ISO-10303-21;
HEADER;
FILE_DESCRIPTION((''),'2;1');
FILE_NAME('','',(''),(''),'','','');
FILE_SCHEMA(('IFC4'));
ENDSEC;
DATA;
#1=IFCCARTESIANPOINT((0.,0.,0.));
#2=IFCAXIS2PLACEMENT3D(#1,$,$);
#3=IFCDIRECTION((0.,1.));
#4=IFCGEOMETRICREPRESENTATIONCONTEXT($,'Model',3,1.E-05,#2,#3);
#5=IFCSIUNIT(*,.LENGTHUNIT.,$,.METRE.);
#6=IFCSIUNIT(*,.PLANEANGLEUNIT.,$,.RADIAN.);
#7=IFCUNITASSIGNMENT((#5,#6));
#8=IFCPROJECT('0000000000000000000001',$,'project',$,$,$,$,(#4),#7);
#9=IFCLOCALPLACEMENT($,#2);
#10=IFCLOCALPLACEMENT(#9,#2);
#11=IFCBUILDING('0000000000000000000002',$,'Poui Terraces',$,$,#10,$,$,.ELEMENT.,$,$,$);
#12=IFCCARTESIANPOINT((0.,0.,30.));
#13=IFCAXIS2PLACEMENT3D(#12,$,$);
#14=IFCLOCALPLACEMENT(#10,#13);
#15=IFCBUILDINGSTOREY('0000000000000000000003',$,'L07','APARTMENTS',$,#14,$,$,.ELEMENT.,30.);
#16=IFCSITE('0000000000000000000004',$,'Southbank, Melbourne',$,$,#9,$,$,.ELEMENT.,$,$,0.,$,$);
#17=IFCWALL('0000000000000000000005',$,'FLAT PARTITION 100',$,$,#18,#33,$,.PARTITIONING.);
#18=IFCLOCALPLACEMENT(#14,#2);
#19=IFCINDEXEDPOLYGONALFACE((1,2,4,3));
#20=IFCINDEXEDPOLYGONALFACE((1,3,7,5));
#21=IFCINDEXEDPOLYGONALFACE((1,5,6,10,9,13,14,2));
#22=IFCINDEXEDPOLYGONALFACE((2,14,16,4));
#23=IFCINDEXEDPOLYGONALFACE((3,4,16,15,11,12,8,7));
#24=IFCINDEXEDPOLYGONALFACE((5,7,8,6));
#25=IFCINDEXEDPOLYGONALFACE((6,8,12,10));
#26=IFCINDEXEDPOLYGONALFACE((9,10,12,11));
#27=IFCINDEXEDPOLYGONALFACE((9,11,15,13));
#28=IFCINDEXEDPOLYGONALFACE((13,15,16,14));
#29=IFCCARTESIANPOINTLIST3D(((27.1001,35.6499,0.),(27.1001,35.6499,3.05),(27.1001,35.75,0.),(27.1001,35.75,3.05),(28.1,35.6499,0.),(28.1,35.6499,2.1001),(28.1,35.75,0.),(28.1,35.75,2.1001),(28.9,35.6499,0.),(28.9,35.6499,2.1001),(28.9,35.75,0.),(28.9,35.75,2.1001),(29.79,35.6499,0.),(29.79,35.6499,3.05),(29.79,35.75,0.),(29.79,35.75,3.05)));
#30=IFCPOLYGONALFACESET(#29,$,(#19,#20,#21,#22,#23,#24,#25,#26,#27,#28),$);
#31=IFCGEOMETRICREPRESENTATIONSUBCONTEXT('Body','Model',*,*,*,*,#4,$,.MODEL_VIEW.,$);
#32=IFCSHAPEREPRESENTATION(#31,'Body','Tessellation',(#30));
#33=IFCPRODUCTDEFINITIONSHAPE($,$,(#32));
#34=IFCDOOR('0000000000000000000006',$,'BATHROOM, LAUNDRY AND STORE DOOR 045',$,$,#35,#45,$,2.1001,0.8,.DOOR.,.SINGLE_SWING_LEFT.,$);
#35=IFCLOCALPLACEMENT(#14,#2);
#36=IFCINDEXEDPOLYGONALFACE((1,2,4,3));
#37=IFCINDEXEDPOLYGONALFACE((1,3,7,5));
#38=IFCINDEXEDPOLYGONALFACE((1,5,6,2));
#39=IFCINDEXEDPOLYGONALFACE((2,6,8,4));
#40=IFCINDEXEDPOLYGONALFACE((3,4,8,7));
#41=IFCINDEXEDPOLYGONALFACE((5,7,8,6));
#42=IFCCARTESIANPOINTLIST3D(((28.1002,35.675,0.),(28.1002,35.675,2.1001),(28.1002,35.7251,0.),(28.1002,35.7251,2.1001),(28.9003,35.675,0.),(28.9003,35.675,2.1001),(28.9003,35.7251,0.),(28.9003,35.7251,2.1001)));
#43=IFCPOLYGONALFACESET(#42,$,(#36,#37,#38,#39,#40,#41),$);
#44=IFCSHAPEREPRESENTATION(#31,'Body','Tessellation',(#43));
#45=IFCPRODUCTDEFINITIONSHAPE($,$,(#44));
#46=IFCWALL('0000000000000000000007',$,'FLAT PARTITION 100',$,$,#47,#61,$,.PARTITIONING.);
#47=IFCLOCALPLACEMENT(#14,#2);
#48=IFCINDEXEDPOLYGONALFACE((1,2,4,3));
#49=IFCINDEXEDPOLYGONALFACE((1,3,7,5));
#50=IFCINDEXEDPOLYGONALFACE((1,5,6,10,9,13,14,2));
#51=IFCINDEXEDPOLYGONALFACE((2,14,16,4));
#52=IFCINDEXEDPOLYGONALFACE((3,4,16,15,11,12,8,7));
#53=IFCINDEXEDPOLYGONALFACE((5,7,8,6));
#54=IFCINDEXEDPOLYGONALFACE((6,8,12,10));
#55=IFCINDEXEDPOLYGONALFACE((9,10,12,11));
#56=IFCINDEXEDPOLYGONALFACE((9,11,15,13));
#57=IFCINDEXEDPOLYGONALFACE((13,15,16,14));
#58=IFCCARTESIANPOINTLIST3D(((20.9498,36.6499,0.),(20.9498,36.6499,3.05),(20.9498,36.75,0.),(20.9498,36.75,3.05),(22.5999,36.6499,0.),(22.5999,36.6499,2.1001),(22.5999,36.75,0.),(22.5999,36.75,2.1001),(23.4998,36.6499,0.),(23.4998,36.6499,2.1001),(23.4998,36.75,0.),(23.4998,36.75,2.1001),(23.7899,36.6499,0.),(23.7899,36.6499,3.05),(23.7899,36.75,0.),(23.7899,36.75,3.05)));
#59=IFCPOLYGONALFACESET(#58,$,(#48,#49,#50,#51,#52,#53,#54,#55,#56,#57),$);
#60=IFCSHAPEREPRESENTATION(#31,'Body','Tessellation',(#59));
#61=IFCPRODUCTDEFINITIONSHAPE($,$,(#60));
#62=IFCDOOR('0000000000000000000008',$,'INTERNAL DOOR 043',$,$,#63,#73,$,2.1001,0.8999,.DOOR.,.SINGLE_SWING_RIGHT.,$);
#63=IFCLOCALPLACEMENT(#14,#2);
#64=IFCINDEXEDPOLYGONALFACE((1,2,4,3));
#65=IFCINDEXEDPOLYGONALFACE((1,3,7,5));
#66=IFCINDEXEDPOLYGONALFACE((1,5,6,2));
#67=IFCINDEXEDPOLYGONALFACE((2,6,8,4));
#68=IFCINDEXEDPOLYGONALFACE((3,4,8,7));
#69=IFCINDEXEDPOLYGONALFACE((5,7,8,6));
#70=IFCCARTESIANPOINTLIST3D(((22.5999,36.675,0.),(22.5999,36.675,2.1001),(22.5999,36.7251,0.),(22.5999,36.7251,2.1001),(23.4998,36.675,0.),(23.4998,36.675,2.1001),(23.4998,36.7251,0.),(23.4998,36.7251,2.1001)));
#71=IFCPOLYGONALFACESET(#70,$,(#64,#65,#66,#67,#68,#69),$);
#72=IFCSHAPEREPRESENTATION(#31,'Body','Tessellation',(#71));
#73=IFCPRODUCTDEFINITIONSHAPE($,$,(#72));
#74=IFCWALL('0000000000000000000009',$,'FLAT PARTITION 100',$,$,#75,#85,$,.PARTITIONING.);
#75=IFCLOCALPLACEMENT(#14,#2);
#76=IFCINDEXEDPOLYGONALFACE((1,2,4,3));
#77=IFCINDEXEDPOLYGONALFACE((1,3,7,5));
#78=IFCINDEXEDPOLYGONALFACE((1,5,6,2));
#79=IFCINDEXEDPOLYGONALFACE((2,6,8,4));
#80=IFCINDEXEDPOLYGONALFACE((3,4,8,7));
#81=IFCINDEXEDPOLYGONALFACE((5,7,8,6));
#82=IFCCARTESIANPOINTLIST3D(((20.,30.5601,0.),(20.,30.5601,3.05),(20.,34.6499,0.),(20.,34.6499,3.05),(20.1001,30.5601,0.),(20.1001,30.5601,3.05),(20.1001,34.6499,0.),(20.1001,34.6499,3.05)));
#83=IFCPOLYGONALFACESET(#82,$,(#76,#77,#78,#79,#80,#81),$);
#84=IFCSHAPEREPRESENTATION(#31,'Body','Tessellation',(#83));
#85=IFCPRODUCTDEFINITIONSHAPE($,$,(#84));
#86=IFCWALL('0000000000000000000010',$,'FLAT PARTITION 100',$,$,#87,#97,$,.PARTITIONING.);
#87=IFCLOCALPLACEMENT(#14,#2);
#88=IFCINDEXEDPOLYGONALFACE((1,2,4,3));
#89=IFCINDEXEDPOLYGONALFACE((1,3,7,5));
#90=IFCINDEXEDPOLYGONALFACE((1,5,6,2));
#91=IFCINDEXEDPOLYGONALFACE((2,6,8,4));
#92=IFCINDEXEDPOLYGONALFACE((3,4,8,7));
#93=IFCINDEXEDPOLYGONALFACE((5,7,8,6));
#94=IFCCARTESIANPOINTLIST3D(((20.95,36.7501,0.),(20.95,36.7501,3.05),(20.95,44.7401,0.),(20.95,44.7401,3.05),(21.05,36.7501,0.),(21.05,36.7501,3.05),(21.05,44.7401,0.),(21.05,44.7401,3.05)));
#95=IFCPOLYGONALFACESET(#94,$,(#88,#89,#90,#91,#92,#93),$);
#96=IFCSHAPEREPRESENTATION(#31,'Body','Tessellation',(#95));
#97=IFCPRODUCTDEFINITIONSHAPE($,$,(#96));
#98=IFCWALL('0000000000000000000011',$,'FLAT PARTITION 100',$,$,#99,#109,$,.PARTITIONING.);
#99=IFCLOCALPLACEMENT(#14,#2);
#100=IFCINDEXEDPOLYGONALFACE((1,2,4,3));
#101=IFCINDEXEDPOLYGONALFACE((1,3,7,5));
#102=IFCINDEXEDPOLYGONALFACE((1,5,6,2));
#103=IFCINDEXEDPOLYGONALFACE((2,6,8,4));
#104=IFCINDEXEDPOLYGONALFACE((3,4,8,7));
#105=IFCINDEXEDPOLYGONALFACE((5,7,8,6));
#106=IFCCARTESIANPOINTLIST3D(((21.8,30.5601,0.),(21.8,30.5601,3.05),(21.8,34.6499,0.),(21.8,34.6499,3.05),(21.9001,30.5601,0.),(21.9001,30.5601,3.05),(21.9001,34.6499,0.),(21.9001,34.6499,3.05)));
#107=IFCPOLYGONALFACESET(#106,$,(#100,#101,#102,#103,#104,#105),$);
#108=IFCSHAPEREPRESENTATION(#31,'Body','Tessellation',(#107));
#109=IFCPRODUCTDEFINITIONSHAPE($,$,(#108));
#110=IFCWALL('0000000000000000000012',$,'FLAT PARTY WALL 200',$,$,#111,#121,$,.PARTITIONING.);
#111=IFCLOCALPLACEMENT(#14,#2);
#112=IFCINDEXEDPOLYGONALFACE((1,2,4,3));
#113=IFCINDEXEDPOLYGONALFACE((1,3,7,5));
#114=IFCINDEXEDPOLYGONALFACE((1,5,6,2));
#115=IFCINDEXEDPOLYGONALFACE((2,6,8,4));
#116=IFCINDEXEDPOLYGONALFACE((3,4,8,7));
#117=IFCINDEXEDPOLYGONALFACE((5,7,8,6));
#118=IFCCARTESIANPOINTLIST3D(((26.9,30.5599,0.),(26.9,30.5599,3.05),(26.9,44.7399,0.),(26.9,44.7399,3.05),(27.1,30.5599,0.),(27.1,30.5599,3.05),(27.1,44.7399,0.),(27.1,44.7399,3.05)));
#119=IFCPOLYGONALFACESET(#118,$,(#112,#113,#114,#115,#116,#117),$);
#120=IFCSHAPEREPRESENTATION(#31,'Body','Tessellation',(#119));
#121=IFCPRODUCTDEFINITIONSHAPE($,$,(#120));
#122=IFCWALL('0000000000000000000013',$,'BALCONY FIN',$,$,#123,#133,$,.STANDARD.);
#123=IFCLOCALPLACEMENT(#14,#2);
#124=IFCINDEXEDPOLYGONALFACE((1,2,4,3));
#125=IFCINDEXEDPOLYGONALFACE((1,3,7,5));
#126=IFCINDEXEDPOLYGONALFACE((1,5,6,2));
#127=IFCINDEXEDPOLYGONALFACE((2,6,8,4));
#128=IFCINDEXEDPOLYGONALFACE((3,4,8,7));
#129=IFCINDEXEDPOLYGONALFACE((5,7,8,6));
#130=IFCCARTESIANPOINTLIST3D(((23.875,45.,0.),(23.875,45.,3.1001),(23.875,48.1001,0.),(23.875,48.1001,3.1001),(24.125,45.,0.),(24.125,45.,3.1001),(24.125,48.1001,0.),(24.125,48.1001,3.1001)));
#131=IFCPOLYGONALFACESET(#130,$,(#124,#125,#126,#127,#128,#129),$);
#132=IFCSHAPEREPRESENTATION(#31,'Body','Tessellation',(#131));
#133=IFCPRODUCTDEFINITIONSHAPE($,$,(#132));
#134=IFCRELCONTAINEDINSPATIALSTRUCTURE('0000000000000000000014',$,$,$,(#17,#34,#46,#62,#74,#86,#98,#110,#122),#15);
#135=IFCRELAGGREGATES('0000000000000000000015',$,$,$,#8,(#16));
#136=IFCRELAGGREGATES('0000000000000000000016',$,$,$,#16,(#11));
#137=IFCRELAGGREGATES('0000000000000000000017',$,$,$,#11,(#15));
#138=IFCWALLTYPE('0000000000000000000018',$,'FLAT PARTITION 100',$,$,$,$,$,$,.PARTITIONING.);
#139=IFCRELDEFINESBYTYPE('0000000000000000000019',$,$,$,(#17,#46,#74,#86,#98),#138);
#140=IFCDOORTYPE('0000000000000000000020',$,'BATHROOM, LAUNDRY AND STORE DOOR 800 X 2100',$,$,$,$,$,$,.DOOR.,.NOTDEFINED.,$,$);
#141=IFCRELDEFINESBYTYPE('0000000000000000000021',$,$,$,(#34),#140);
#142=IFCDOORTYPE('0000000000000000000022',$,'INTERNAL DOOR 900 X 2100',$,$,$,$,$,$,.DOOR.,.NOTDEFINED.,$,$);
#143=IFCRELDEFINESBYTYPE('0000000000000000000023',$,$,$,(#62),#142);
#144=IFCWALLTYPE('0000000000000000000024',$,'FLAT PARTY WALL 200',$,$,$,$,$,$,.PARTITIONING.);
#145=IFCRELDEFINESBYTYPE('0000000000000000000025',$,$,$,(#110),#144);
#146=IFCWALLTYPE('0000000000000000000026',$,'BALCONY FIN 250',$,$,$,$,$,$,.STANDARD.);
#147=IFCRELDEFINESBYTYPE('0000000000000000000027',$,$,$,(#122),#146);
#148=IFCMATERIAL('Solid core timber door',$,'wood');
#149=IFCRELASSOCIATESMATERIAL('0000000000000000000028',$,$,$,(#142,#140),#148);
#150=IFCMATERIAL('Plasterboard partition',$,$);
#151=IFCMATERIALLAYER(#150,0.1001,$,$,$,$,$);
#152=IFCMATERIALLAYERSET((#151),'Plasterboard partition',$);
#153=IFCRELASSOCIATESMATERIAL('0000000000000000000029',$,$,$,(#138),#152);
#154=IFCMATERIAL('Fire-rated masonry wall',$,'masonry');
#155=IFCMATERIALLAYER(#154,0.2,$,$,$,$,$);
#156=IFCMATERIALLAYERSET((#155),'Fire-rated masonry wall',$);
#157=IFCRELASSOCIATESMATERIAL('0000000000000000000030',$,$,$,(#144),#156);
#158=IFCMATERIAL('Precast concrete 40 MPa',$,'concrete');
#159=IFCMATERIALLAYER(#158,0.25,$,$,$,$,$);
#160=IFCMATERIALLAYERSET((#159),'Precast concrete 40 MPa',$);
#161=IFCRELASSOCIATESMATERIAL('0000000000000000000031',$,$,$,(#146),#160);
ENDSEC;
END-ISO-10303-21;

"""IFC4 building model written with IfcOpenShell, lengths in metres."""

from ifc_helpers import new_model, si_unit, direction, frame, frame_2d, origin, place, context, subcontext, project, spatial, polyline, rectangle, outline, extrude, source, transform, mapped, material, layer, layer_set, type_object, element, fill, save


model = new_model("IFC4")

# Units and contexts
model_context = context("Model", 3, precision=1e-05, world=origin(), true_north=direction((0.0, 1.0)))
body_context = subcontext(model_context, "Body", "Model", "MODEL_VIEW")
ifc_project = project(units=[si_unit("LENGTHUNIT", "METRE"), si_unit("PLANEANGLEUNIT", "RADIAN")], contexts=[model_context])

# Site, building, storey
site_placement = place(None, origin())
site = spatial("IfcSite", under=ifc_project, at=site_placement, Name="Southbank, Melbourne", CompositionType="ELEMENT", RefElevation=0.0)
building_placement = place(site_placement, origin())
building = spatial("IfcBuilding", under=site, at=building_placement, Name="Poui Terraces", CompositionType="ELEMENT")
storey_placement = place(building_placement, frame((0.0, 0.0, 30.0)))
storey = spatial("IfcBuildingStorey", under=building, at=storey_placement, Name="L07", Description="APARTMENTS", CompositionType="ELEMENT", Elevation=30.0)

# Walls, openings, doors
ifc_material_1 = material(Name="Solid core timber door", Category="wood")
door_type_1 = type_object("IfcDoorType", Name="INTERNAL DOOR 900 X 2100", OperationType="NOTDEFINED", PredefinedType="DOOR", material=ifc_material_1)
ifc_material_2 = material(Name="Plasterboard partition")
ifc_layer_1 = layer(ifc_material_2, 0.1001)
ifc_layer_set_1 = layer_set([ifc_layer_1], Name="Plasterboard partition")
wall_type_1 = type_object("IfcWallType", Name="FLAT PARTITION 100", PredefinedType="PARTITIONING", material=ifc_layer_set_1)
door_type_2 = type_object("IfcDoorType", Name="BATHROOM, LAUNDRY AND STORE DOOR 800 X 2100", OperationType="NOTDEFINED", PredefinedType="DOOR", material=ifc_material_1)
wall_1_placement = place(storey_placement, frame((27.1001, 35.7, 0.0), z_axis=(0.0, 0.0, 1.0), x_axis=(1.0, 0.0, 0.0)))
wall_1 = element("IfcWall", 1, at=wall_1_placement, inside=storey, type_object=wall_type_1, Name="FLAT PARTITION 100", PredefinedType="PARTITIONING", context=body_context, shape_type="SweptSolid", body=[
    extrude(rectangle(XDim=2.6899, YDim=0.1001, at=frame_2d((1.345, 0.0))), origin(), (0.0, 0.0, 1.0), 3.05),
])
opening_1_placement = place(wall_1_placement, frame((1.0, 0.0, 0.0)))
opening_1 = element("IfcOpeningElement", 2, at=opening_1_placement, cuts=wall_1, PredefinedType="OPENING", context=body_context, shape_type="SweptSolid", body=[
    extrude(rectangle(XDim=0.8, YDim=2.1001, at=frame_2d((0.3999, 1.05))), frame((0.0, 0.0601, 0.0), z_axis=(0.0, -1.0, 0.0), x_axis=(1.0, 0.0, 0.0)), (0.0, 0.0, 1.0), 0.1201),
])
door_1_placement = place(opening_1_placement, frame((0.8, 0.0, 0.0), z_axis=(0.0, 0.0, 1.0), x_axis=(-1.0, 0.0, 0.0)))
door_1 = element("IfcDoor", 3, at=door_1_placement, inside=storey, type_object=door_type_2, Name="BATHROOM, LAUNDRY AND STORE DOOR 045", OperationType="SINGLE_SWING_LEFT", OverallHeight=2.1001, OverallWidth=0.8, PredefinedType="DOOR", context=body_context, shape_type="SweptSolid", body=[
    extrude(rectangle(XDim=0.8, YDim=2.1001, at=frame_2d((0.3999, 1.05))), frame((0.0, 0.0249, 0.0), z_axis=(0.0, -1.0, 0.0), x_axis=(1.0, 0.0, 0.0)), (0.0, 0.0, 1.0), 0.05),
])
fill(opening_1, door_1)
wall_2_placement = place(storey_placement, frame((20.95, 36.7, 0.0), z_axis=(0.0, 0.0, 1.0), x_axis=(1.0, 0.0, 0.0)))
wall_2 = element("IfcWall", 4, at=wall_2_placement, inside=storey, type_object=wall_type_1, Name="FLAT PARTITION 100", PredefinedType="PARTITIONING", context=body_context, shape_type="SweptSolid", body=[
    extrude(rectangle(XDim=2.8401, YDim=0.1001, at=frame_2d((1.4199, 0.0))), origin(), (0.0, 0.0, 1.0), 3.05),
])
opening_2_placement = place(wall_2_placement, frame((1.6499, 0.0, 0.0)))
opening_2 = element("IfcOpeningElement", 5, at=opening_2_placement, cuts=wall_2, PredefinedType="OPENING", context=body_context, shape_type="SweptSolid", body=[
    extrude(rectangle(XDim=0.8999, YDim=2.1001, at=frame_2d((0.45, 1.05))), frame((0.0, 0.0601, 0.0), z_axis=(0.0, -1.0, 0.0), x_axis=(1.0, 0.0, 0.0)), (0.0, 0.0, 1.0), 0.1201),
])
door_2_placement = place(opening_2_placement, frame((0.8999, 0.0, 0.0), z_axis=(0.0, 0.0, 1.0), x_axis=(-1.0, 0.0, 0.0)))
door_2 = element("IfcDoor", 6, at=door_2_placement, inside=storey, type_object=door_type_1, Name="INTERNAL DOOR 043", OperationType="SINGLE_SWING_RIGHT", OverallHeight=2.1001, OverallWidth=0.8999, PredefinedType="DOOR", context=body_context, shape_type="SweptSolid", body=[
    extrude(rectangle(XDim=0.8999, YDim=2.1001, at=frame_2d((0.45, 1.05))), frame((0.0, 0.0249, 0.0), z_axis=(0.0, -1.0, 0.0), x_axis=(1.0, 0.0, 0.0)), (0.0, 0.0, 1.0), 0.05),
])
fill(opening_2, door_2)

# Walls
wall_3_placement = place(storey_placement, frame((20.05, 30.5601, 0.0), z_axis=(0.0, 0.0, 1.0), x_axis=(0.0, 1.0, 0.0)))
element("IfcWall", 7, at=wall_3_placement, inside=storey, type_object=wall_type_1, Name="FLAT PARTITION 100", PredefinedType="PARTITIONING", context=body_context, shape_type="SweptSolid", body=[
    extrude(rectangle(XDim=4.0898, YDim=0.1001, at=frame_2d((2.0449, 0.0))), origin(), (0.0, 0.0, 1.0), 3.05),
])
wall_4_placement = place(storey_placement, frame((21.0, 36.75, 0.0), z_axis=(0.0, 0.0, 1.0), x_axis=(0.0, 1.0, 0.0)))
element("IfcWall", 8, at=wall_4_placement, inside=storey, type_object=wall_type_1, Name="FLAT PARTITION 100", PredefinedType="PARTITIONING", context=body_context, shape_type="SweptSolid", body=[
    extrude(rectangle(XDim=7.99, YDim=0.1001, at=frame_2d((3.9951, 0.0))), origin(), (0.0, 0.0, 1.0), 3.05),
])
wall_5_placement = place(storey_placement, frame((21.8501, 30.5601, 0.0), z_axis=(0.0, 0.0, 1.0), x_axis=(0.0, 1.0, 0.0)))
element("IfcWall", 9, at=wall_5_placement, inside=storey, type_object=wall_type_1, Name="FLAT PARTITION 100", PredefinedType="PARTITIONING", context=body_context, shape_type="SweptSolid", body=[
    extrude(rectangle(XDim=4.0898, YDim=0.1001, at=frame_2d((2.0449, 0.0))), origin(), (0.0, 0.0, 1.0), 3.05),
])
ifc_material_3 = material(Name="Fire-rated masonry wall", Category="masonry")
ifc_layer_2 = layer(ifc_material_3, 0.2)
ifc_layer_set_2 = layer_set([ifc_layer_2], Name="Fire-rated masonry wall")
wall_type_2 = type_object("IfcWallType", Name="FLAT PARTY WALL 200", PredefinedType="PARTITIONING", material=ifc_layer_set_2)
wall_6_placement = place(storey_placement, frame((27.0, 30.5601, 0.0), z_axis=(0.0, 0.0, 1.0), x_axis=(0.0, 1.0, 0.0)))
element("IfcWall", 10, at=wall_6_placement, inside=storey, type_object=wall_type_2, Name="FLAT PARTY WALL 200", PredefinedType="PARTITIONING", context=body_context, shape_type="SweptSolid", body=[
    extrude(rectangle(XDim=14.1799, YDim=0.2, at=frame_2d((7.0898, 0.0))), origin(), (0.0, 0.0, 1.0), 3.05),
])
ifc_material_4 = material(Name="Precast concrete 40 MPa", Category="concrete")
ifc_layer_3 = layer(ifc_material_4, 0.25)
ifc_layer_set_3 = layer_set([ifc_layer_3], Name="Precast concrete 40 MPa")
wall_type_3 = type_object("IfcWallType", Name="BALCONY FIN 250", PredefinedType="STANDARD", material=ifc_layer_set_3)
shared_shape_1 = source(origin(), body_context, "Body", "SweptSolid", [
    extrude(outline(polyline([(0.0, 0.0), (0.25, 0.0), (0.25, 3.1001), (0.0, 3.1001), (0.0, 0.0)])), origin(), (0.0, 0.0, 1.0), 3.1001),
])
wall_7_placement = place(storey_placement, frame((23.875, 45.0, 0.0)))
element("IfcWall", 11, at=wall_7_placement, inside=storey, type_object=wall_type_3, Name="BALCONY FIN", PredefinedType="STANDARD", context=body_context, shape_type="MappedRepresentation", body=[
    mapped(shared_shape_1, transform((0.0, 0.0, 0.0))),
])

save(model, "model.ifc")
